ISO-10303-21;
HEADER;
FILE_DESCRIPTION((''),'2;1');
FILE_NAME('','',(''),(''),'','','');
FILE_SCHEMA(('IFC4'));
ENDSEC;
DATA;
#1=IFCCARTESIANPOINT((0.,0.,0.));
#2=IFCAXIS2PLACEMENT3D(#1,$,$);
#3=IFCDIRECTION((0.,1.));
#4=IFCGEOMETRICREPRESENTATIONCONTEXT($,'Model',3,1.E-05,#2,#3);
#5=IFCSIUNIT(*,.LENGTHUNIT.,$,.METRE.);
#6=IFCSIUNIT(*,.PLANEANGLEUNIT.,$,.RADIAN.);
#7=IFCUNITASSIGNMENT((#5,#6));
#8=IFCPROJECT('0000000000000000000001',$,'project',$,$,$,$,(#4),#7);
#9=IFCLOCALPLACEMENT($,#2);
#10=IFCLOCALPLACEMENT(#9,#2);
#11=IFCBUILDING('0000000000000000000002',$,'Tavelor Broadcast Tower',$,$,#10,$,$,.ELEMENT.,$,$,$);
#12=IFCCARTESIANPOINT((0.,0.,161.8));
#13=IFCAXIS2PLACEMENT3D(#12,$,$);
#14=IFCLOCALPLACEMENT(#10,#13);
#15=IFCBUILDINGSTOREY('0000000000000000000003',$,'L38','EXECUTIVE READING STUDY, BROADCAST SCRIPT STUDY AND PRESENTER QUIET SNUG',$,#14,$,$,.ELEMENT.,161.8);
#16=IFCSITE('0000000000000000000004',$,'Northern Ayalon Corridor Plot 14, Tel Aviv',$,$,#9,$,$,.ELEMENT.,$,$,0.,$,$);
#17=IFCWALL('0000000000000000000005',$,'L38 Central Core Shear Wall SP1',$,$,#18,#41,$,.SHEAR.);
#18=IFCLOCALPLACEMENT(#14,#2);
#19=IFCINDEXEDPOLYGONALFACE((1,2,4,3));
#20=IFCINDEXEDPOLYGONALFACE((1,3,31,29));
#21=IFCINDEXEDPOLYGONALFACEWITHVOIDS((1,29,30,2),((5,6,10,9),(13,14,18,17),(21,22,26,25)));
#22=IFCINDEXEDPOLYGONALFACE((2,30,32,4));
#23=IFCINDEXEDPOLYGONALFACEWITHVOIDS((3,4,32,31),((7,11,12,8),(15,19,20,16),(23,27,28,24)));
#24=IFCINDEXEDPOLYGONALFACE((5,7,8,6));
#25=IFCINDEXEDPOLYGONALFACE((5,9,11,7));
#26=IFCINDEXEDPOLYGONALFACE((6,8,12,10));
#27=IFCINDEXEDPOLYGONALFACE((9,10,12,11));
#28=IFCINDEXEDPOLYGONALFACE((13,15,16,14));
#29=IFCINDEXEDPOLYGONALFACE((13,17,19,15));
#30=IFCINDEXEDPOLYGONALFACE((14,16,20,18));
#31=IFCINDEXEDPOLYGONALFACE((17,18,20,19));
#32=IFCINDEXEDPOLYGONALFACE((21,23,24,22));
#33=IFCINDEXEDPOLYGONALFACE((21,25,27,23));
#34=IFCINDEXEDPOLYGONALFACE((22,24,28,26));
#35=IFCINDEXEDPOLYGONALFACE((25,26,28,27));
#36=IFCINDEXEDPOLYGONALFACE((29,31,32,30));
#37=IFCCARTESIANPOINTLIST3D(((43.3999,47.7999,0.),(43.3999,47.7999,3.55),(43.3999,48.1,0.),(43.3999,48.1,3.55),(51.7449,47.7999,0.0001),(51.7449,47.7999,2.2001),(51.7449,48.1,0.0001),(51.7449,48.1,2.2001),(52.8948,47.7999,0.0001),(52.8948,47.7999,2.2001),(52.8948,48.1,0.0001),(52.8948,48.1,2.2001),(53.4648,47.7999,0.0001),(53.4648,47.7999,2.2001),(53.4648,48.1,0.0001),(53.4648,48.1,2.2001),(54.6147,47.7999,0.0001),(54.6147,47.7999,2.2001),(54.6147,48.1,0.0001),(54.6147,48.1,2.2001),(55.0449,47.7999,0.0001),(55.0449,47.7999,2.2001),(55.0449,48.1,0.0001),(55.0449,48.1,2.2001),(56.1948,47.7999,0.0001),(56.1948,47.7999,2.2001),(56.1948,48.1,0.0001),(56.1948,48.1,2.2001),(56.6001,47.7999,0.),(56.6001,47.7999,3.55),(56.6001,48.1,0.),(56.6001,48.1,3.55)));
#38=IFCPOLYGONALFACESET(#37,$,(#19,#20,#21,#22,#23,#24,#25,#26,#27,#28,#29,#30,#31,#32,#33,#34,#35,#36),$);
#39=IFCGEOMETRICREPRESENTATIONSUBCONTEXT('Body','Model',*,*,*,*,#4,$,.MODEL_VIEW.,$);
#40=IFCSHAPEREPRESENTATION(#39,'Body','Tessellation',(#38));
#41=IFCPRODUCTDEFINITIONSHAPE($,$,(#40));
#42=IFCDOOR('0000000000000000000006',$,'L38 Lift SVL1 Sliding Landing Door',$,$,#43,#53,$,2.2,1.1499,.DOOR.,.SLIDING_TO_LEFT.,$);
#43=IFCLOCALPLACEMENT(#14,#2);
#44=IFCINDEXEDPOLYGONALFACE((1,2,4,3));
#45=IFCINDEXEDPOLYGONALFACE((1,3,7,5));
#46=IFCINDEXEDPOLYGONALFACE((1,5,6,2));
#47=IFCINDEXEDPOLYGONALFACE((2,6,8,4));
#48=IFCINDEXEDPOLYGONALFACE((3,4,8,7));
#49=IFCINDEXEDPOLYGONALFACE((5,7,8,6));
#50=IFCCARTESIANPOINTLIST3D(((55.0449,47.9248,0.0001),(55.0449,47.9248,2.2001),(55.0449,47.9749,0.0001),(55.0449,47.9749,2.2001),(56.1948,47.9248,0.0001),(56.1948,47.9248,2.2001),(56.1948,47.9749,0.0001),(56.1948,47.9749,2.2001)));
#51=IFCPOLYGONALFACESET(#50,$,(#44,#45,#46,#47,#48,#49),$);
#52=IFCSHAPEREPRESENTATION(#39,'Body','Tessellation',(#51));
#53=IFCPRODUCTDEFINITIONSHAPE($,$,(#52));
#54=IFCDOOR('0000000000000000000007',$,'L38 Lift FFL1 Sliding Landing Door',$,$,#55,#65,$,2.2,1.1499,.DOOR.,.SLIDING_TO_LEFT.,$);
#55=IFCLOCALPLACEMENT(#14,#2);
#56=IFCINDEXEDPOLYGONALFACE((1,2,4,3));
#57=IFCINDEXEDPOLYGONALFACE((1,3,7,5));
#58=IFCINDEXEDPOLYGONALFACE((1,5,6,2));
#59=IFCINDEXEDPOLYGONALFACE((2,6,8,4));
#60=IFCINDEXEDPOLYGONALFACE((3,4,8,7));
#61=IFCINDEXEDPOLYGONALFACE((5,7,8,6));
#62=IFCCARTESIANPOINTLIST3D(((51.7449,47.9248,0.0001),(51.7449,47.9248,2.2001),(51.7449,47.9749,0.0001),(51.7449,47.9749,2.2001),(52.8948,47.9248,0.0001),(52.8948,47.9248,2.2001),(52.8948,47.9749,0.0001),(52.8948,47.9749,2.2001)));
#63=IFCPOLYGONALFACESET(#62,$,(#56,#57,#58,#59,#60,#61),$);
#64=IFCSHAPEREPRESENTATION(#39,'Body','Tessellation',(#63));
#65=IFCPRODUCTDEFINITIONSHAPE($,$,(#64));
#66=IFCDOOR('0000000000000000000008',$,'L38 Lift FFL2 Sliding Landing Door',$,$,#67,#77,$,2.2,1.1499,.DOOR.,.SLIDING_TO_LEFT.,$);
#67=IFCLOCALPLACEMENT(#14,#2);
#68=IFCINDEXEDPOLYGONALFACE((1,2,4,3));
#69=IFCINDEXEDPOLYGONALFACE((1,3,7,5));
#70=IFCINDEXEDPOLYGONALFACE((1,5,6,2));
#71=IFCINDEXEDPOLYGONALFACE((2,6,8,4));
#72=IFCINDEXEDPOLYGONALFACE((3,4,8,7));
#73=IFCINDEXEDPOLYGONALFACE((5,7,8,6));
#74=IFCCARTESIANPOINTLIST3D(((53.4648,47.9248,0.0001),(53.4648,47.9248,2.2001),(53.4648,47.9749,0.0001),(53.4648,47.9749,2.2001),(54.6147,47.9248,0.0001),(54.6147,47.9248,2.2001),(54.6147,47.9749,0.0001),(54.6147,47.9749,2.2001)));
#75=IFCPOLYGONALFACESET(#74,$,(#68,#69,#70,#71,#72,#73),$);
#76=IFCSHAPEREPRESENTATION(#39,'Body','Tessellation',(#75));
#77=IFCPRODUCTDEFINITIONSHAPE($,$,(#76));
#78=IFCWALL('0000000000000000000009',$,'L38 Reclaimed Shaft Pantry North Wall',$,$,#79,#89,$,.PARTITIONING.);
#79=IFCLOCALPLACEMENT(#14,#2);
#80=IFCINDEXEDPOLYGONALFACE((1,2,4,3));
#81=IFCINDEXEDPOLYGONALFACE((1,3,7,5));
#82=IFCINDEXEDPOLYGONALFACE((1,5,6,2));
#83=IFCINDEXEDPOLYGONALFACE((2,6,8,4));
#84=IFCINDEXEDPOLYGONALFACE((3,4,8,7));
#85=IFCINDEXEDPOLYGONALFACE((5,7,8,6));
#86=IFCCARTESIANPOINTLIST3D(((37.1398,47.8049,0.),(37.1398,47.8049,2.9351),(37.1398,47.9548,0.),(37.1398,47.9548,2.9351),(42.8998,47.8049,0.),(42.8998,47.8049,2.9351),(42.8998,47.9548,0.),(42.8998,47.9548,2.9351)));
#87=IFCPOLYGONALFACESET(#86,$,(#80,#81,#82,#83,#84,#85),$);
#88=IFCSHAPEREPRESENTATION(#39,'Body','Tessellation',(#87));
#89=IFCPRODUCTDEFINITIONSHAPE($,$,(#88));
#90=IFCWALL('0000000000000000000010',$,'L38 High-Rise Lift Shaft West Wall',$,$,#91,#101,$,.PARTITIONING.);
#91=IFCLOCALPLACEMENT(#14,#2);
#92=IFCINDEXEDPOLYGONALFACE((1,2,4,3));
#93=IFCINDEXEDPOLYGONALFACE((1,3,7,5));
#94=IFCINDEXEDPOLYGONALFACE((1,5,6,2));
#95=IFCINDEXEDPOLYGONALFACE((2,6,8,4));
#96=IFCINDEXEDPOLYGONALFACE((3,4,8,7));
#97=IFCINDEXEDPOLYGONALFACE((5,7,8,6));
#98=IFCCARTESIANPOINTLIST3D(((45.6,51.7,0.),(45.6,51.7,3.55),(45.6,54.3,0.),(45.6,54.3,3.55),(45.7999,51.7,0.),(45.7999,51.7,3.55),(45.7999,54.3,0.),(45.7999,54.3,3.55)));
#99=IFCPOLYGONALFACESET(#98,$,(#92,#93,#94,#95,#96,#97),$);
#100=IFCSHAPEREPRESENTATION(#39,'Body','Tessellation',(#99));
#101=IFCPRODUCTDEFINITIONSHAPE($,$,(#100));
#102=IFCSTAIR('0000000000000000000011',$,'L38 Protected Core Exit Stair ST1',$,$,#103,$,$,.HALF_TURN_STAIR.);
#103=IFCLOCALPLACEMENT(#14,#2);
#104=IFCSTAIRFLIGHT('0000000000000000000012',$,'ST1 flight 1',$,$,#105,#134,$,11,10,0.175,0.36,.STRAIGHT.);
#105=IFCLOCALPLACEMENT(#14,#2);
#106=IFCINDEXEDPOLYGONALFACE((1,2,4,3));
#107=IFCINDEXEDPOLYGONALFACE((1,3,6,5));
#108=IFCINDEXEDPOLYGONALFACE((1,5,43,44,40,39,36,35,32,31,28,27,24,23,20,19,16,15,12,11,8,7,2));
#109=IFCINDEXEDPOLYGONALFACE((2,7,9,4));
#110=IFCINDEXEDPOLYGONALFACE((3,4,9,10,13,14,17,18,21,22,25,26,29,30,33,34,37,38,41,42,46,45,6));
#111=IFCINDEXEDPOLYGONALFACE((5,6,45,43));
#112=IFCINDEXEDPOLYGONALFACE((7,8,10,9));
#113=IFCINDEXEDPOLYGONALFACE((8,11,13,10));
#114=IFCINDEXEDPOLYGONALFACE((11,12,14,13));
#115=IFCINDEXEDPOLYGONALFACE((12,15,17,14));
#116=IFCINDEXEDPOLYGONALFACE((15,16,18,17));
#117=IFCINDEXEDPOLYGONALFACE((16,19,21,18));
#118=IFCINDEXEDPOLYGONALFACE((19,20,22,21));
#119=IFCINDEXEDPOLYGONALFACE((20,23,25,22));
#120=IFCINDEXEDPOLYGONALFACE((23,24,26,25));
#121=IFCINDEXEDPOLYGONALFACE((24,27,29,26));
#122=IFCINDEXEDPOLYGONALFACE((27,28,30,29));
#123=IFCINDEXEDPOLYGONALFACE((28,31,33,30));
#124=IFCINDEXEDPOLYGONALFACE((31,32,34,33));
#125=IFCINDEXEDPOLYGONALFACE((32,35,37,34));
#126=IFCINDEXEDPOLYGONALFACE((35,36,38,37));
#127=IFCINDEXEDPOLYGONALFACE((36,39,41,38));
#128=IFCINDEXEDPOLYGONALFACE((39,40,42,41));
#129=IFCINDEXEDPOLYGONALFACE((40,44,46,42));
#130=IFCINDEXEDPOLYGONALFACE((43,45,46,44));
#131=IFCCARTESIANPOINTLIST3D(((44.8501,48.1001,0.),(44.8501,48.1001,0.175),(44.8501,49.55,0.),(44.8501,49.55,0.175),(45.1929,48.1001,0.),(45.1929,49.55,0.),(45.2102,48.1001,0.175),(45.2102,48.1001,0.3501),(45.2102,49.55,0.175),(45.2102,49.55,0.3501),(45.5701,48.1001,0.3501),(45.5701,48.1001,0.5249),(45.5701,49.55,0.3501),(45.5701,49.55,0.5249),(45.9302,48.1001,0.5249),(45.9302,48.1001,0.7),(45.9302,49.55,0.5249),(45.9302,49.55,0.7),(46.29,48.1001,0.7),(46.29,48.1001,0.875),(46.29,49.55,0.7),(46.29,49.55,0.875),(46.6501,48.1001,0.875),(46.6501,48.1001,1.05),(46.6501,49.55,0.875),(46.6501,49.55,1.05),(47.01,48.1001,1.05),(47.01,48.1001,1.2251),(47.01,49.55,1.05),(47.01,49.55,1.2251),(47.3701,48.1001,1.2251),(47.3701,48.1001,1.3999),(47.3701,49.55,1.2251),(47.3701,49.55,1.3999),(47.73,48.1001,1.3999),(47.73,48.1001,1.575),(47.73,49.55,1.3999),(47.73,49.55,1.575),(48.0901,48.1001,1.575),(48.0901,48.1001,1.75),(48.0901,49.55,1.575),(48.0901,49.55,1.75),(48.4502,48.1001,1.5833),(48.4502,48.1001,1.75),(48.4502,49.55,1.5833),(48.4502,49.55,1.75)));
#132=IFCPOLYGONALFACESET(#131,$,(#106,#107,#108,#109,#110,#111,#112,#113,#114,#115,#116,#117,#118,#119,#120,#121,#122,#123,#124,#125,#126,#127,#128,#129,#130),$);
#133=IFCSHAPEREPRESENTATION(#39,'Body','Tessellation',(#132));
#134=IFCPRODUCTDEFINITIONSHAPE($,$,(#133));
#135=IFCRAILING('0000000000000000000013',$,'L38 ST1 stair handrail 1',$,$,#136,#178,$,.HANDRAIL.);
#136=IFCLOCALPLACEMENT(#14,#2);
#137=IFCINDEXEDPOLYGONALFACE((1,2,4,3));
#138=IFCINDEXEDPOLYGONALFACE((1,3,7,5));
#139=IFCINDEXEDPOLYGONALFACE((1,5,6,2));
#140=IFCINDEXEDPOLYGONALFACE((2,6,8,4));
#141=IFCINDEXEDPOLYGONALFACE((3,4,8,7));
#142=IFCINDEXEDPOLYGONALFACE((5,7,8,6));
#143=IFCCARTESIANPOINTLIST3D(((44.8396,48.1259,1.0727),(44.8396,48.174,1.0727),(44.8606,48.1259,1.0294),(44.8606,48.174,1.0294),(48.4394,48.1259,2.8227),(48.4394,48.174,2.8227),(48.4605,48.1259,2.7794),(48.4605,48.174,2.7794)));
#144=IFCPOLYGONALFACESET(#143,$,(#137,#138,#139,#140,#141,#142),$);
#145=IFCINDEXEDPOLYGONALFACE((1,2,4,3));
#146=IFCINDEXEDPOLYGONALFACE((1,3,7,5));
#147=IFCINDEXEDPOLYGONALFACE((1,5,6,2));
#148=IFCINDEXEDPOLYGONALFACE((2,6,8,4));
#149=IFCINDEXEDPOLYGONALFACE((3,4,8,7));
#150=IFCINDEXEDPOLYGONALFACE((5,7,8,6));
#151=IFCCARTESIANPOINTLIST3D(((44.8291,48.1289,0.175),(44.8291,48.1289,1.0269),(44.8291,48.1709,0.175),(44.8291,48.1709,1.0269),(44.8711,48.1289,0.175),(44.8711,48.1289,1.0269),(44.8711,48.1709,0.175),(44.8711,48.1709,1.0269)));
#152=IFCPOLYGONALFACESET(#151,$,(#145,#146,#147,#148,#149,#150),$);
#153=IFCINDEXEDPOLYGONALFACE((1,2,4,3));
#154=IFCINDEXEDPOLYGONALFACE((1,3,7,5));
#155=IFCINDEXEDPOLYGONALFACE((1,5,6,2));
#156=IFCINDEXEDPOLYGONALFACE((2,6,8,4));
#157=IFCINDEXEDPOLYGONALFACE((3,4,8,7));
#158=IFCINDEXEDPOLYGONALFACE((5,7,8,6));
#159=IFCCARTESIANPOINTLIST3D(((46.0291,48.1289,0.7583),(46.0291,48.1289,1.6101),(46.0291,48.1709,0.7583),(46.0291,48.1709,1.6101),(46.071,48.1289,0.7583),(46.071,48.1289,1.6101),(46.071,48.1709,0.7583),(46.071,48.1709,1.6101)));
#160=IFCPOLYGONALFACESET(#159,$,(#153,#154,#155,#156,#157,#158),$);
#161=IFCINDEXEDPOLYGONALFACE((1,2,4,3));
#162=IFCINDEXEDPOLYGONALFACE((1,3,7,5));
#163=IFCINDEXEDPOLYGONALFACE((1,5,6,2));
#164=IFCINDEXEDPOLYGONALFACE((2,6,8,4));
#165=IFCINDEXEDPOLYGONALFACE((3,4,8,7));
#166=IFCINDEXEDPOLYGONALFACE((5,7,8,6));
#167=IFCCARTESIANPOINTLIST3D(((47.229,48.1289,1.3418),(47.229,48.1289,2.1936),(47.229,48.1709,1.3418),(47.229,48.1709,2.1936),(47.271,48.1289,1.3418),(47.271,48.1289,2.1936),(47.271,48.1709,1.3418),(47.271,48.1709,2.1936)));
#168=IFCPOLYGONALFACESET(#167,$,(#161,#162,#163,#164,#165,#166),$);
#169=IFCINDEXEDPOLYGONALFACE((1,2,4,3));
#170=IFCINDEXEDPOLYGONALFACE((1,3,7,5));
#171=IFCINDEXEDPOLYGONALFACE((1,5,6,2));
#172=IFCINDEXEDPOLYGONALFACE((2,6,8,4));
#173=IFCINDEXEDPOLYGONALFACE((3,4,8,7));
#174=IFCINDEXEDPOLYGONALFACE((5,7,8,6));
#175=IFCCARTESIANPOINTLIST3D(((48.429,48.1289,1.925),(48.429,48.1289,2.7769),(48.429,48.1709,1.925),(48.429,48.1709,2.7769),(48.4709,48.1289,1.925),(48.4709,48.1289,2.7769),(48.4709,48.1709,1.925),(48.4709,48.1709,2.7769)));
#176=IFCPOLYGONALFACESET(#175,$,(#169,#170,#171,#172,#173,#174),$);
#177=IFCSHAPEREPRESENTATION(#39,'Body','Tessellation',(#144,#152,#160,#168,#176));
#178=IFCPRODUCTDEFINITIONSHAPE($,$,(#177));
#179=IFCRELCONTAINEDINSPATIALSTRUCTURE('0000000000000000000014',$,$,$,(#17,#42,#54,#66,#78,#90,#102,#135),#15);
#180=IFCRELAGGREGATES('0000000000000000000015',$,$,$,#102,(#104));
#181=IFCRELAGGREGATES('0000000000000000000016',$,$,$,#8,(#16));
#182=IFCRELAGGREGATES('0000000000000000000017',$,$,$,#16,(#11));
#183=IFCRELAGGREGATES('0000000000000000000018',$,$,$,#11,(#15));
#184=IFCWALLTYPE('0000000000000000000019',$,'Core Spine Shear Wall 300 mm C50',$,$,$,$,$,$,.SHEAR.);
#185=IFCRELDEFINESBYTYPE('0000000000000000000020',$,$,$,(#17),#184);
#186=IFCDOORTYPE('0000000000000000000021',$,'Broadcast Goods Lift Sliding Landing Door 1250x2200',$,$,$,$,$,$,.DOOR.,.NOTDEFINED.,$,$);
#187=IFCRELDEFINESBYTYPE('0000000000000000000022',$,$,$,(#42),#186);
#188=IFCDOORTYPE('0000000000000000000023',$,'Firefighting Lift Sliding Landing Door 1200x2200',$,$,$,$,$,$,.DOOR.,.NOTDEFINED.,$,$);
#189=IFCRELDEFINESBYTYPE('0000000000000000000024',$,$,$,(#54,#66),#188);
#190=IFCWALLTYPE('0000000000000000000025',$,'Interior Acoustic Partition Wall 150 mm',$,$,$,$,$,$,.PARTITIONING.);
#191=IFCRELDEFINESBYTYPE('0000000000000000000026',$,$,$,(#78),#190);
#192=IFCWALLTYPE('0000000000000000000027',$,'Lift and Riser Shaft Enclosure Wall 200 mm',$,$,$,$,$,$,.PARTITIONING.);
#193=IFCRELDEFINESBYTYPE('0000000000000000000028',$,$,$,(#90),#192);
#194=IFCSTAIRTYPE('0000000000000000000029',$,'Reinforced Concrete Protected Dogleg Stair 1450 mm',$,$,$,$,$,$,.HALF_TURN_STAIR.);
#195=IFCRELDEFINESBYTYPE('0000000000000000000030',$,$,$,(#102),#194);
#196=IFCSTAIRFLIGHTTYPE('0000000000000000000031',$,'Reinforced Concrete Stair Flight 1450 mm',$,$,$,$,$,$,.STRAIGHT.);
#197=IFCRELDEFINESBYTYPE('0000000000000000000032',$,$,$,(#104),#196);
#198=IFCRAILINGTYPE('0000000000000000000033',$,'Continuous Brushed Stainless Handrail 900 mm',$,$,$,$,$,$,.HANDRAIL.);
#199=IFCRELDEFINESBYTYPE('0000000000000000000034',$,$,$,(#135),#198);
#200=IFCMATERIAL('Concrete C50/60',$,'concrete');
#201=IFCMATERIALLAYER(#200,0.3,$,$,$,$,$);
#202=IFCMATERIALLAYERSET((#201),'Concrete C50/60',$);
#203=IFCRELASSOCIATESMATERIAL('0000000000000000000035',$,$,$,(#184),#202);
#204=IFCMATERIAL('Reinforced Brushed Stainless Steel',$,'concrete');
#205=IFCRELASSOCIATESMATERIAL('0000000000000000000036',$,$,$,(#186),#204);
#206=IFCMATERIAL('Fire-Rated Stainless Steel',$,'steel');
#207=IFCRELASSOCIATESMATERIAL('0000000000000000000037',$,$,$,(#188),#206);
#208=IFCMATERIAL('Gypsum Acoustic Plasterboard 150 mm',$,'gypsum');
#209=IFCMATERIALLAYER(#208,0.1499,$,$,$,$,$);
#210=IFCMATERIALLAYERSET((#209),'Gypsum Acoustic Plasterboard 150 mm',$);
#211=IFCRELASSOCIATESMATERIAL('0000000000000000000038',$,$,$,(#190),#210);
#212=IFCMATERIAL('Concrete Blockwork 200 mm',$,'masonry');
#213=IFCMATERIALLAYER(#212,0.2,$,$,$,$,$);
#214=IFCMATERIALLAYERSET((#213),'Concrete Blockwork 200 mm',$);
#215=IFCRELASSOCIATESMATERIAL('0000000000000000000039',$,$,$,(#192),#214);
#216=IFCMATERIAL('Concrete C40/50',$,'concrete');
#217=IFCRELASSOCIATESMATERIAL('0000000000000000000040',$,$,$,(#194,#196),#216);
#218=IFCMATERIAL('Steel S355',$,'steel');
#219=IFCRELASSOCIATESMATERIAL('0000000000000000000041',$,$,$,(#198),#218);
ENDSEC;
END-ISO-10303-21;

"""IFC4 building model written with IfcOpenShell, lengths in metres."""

from ifc_helpers import new_model, si_unit, direction, frame, frame_2d, origin, origin_2d, place, context, subcontext, project, spatial, polyline, rectangle, outline, extrude, material, layer, layer_set, type_object, element, fill, aggregate, save


model = new_model("IFC4")

# Units and contexts
model_context = context("Model", 3, precision=1e-05, world=origin(), true_north=direction((0.0, 1.0)))
body_context = subcontext(model_context, "Body", "Model", "MODEL_VIEW")
ifc_project = project(units=[si_unit("LENGTHUNIT", "METRE"), si_unit("PLANEANGLEUNIT", "RADIAN")], contexts=[model_context])

# Site, building, storey
site_placement = place(None, origin())
site = spatial("IfcSite", under=ifc_project, at=site_placement, Name="Northern Ayalon Corridor Plot 14, Tel Aviv", CompositionType="ELEMENT", RefElevation=0.0)
building_placement = place(site_placement, origin())
building = spatial("IfcBuilding", under=site, at=building_placement, Name="Tavelor Broadcast Tower", CompositionType="ELEMENT")
storey_placement = place(building_placement, frame((0.0, 0.0, 161.8)))
storey = spatial("IfcBuildingStorey", under=building, at=storey_placement, Name="L38", Description="EXECUTIVE READING STUDY, BROADCAST SCRIPT STUDY AND PRESENTER QUIET SNUG", CompositionType="ELEMENT", Elevation=161.8)

# Shared definitions
ifc_material_1 = material(Name="Concrete C50/60", Category="concrete")

# Shared definitions
ifc_material_2 = material(Name="Steel S355", Category="steel")

# Wall, openings, doors
ifc_layer_1 = layer(ifc_material_1, 0.3)
ifc_layer_set_1 = layer_set([ifc_layer_1], Name="Concrete C50/60")
wall_type_1 = type_object("IfcWallType", Name="Core Spine Shear Wall 300 mm C50", PredefinedType="SHEAR", material=ifc_layer_set_1)
wall_1_placement = place(storey_placement, frame((43.3999, 47.95, 0.0), z_axis=(0.0, 0.0, 1.0), x_axis=(1.0, 0.0, 0.0)))
wall_1 = element("IfcWall", 1, at=wall_1_placement, inside=storey, type_object=wall_type_1, Name="L38 Central Core Shear Wall SP1", PredefinedType="SHEAR", context=body_context, shape_type="SweptSolid", body=[
    extrude(rectangle(XDim=13.2002, YDim=0.3, at=frame_2d((6.6001, 0.0))), origin(), (0.0, 0.0, 1.0), 3.55),
])
opening_1_placement = place(wall_1_placement, frame((8.345, 0.0, 0.0)))
opening_1 = element("IfcOpeningElement", 2, at=opening_1_placement, cuts=wall_1, PredefinedType="OPENING", context=body_context, shape_type="SweptSolid", body=[
    extrude(rectangle(XDim=1.1499, YDim=2.2, at=frame_2d((0.575, 1.1001))), frame((0.0, 0.1602, 0.0), z_axis=(0.0, -1.0, 0.0), x_axis=(1.0, 0.0, 0.0)), (0.0, 0.0, 1.0), 0.3201),
])
opening_2_placement = place(wall_1_placement, frame((10.0649, 0.0, 0.0)))
opening_2 = element("IfcOpeningElement", 3, at=opening_2_placement, cuts=wall_1, PredefinedType="OPENING", context=body_context, shape_type="SweptSolid", body=[
    extrude(rectangle(XDim=1.1499, YDim=2.2, at=frame_2d((0.575, 1.1001))), frame((0.0, 0.1602, 0.0), z_axis=(0.0, -1.0, 0.0), x_axis=(1.0, 0.0, 0.0)), (0.0, 0.0, 1.0), 0.3201),
])
opening_3_placement = place(wall_1_placement, frame((11.645, 0.0, 0.0)))
opening_3 = element("IfcOpeningElement", 4, at=opening_3_placement, cuts=wall_1, PredefinedType="OPENING", context=body_context, shape_type="SweptSolid", body=[
    extrude(rectangle(XDim=1.1499, YDim=2.2, at=frame_2d((0.575, 1.1001))), frame((0.0, 0.1602, 0.0), z_axis=(0.0, -1.0, 0.0), x_axis=(1.0, 0.0, 0.0)), (0.0, 0.0, 1.0), 0.3201),
])
ifc_material_3 = material(Name="Reinforced Brushed Stainless Steel", Category="concrete")
door_type_1 = type_object("IfcDoorType", Name="Broadcast Goods Lift Sliding Landing Door 1250x2200", OperationType="NOTDEFINED", PredefinedType="DOOR", material=ifc_material_3)
door_1_placement = place(opening_3_placement, origin())
door_1 = element("IfcDoor", 5, at=door_1_placement, inside=storey, type_object=door_type_1, Name="L38 Lift SVL1 Sliding Landing Door", OperationType="SLIDING_TO_LEFT", OverallHeight=2.2, OverallWidth=1.1499, PredefinedType="DOOR", context=body_context, shape_type="SweptSolid", body=[
    extrude(rectangle(XDim=1.1499, YDim=2.2, at=frame_2d((0.575, 1.1001))), frame((0.0, 0.0249, 0.0), z_axis=(0.0, -1.0, 0.0), x_axis=(1.0, 0.0, 0.0)), (0.0, 0.0, 1.0), 0.05),
])
fill(opening_3, door_1)
ifc_material_4 = material(Name="Fire-Rated Stainless Steel", Category="steel")
door_type_2 = type_object("IfcDoorType", Name="Firefighting Lift Sliding Landing Door 1200x2200", OperationType="NOTDEFINED", PredefinedType="DOOR", material=ifc_material_4)
door_2_placement = place(opening_1_placement, origin())
door_2 = element("IfcDoor", 6, at=door_2_placement, inside=storey, type_object=door_type_2, Name="L38 Lift FFL1 Sliding Landing Door", OperationType="SLIDING_TO_LEFT", OverallHeight=2.2, OverallWidth=1.1499, PredefinedType="DOOR", context=body_context, shape_type="SweptSolid", body=[
    extrude(rectangle(XDim=1.1499, YDim=2.2, at=frame_2d((0.575, 1.1001))), frame((0.0, 0.0249, 0.0), z_axis=(0.0, -1.0, 0.0), x_axis=(1.0, 0.0, 0.0)), (0.0, 0.0, 1.0), 0.05),
])
fill(opening_1, door_2)
door_3_placement = place(opening_2_placement, origin())
door_3 = element("IfcDoor", 7, at=door_3_placement, inside=storey, type_object=door_type_2, Name="L38 Lift FFL2 Sliding Landing Door", OperationType="SLIDING_TO_LEFT", OverallHeight=2.2, OverallWidth=1.1499, PredefinedType="DOOR", context=body_context, shape_type="SweptSolid", body=[
    extrude(rectangle(XDim=1.1499, YDim=2.2, at=frame_2d((0.575, 1.1001))), frame((0.0, 0.0249, 0.0), z_axis=(0.0, -1.0, 0.0), x_axis=(1.0, 0.0, 0.0)), (0.0, 0.0, 1.0), 0.05),
])
fill(opening_2, door_3)

# Walls
ifc_material_5 = material(Name="Gypsum Acoustic Plasterboard 150 mm", Category="gypsum")
ifc_layer_2 = layer(ifc_material_5, 0.1499)
ifc_layer_set_2 = layer_set([ifc_layer_2], Name="Gypsum Acoustic Plasterboard 150 mm")
wall_type_2 = type_object("IfcWallType", Name="Interior Acoustic Partition Wall 150 mm", PredefinedType="PARTITIONING", material=ifc_layer_set_2)
wall_2_placement = place(storey_placement, frame((37.1399, 47.8799, 0.0), z_axis=(0.0, 0.0, 1.0), x_axis=(1.0, 0.0, 0.0)))
element("IfcWall", 8, at=wall_2_placement, inside=storey, type_object=wall_type_2, Name="L38 Reclaimed Shaft Pantry North Wall", PredefinedType="PARTITIONING", context=body_context, shape_type="SweptSolid", body=[
    extrude(rectangle(XDim=5.76, YDim=0.1499, at=frame_2d((2.8799, 0.0))), origin(), (0.0, 0.0, 1.0), 2.9351),
])
ifc_material_6 = material(Name="Concrete Blockwork 200 mm", Category="masonry")
ifc_layer_3 = layer(ifc_material_6, 0.2)
ifc_layer_set_3 = layer_set([ifc_layer_3], Name="Concrete Blockwork 200 mm")
wall_type_3 = type_object("IfcWallType", Name="Lift and Riser Shaft Enclosure Wall 200 mm", PredefinedType="PARTITIONING", material=ifc_layer_set_3)
wall_3_placement = place(storey_placement, frame((45.7, 51.7, 0.0), z_axis=(0.0, 0.0, 1.0), x_axis=(0.0, 1.0, 0.0)))
element("IfcWall", 9, at=wall_3_placement, inside=storey, type_object=wall_type_3, Name="L38 High-Rise Lift Shaft West Wall", PredefinedType="PARTITIONING", context=body_context, shape_type="SweptSolid", body=[
    extrude(rectangle(XDim=2.6001, YDim=0.2, at=frame_2d((1.3, 0.0))), origin(), (0.0, 0.0, 1.0), 3.55),
])

# Stair, stair flight
ifc_material_7 = material(Name="Concrete C40/50", Category="concrete")
stair_type = type_object("IfcStairType", Name="Reinforced Concrete Protected Dogleg Stair 1450 mm", PredefinedType="HALF_TURN_STAIR", material=ifc_material_7)
stair_placement = place(storey_placement, origin())
stair = element("IfcStair", 10, at=stair_placement, inside=storey, type_object=stair_type, Name="L38 Protected Core Exit Stair ST1", PredefinedType="HALF_TURN_STAIR")
stair_flight_type = type_object("IfcStairFlightType", Name="Reinforced Concrete Stair Flight 1450 mm", PredefinedType="STRAIGHT", material=ifc_material_7)
stair_flight_placement = place(storey_placement, frame((44.8501, 48.825, 0.0), z_axis=(0.0, 0.0, 1.0), x_axis=(1.0, 0.0, 0.0)))
stair_flight = element("IfcStairFlight", 11, at=stair_flight_placement, type_object=stair_flight_type, Name="ST1 flight 1", NumberOfRisers=11, NumberOfTreads=10, PredefinedType="STRAIGHT", RiserHeight=0.175, TreadLength=0.36, context=body_context, shape_type="SweptSolid", body=[
    extrude(outline(polyline([(0.0, 0.0), (0.0, 0.175), (0.3601, 0.175), (0.3601, 0.3501), (0.72, 0.3501), (0.72, 0.5249), (1.0801, 0.5249), (1.0801, 0.7), (1.4399, 0.7), (1.4399, 0.875), (1.8, 0.875), (1.8, 1.05), (2.1599, 1.05), (2.1599, 1.2251), (2.52, 1.2251), (2.52, 1.3999), (2.8799, 1.3999), (2.8799, 1.575), (3.24, 1.575), (3.24, 1.75), (3.6001, 1.75), (3.6001, 1.925), (3.6001, 1.5833), (0.3428, 0.0), (0.0, 0.0)])), frame((0.0, 0.7251, 0.0), z_axis=(0.0, -1.0, 0.0), x_axis=(1.0, 0.0, 0.0)), (0.0, 0.0, 1.0), 1.45),
])
aggregate(stair, [stair_flight])

# Railing
railing_type_1 = type_object("IfcRailingType", Name="Continuous Brushed Stainless Handrail 900 mm", PredefinedType="HANDRAIL", material=ifc_material_2)
railing_1_placement = place(storey_placement, frame((44.8501, 48.1499, 0.175)))
element("IfcRailing", 12, at=railing_1_placement, inside=storey, type_object=railing_type_1, Name="L38 ST1 stair handrail 1", PredefinedType="HANDRAIL", context=body_context, shape_type="SweptSolid", body=[
    extrude(rectangle(XDim=0.0481, YDim=0.0481, at=origin_2d()), frame((0.0, 0.0, 0.876), z_axis=(0.899361, 0.0, 0.437207), x_axis=(0.0, 1.0, 0.0)), (0.0, 0.0, 1.0), 4.0027),
    extrude(rectangle(XDim=0.042, YDim=0.042, at=origin_2d()), origin(), (0.0, 0.0, 1.0), 0.8518),
    extrude(rectangle(XDim=0.042, YDim=0.042, at=origin_2d()), frame((1.2, 0.0, 0.5833)), (0.0, 0.0, 1.0), 0.8518),
    extrude(rectangle(XDim=0.042, YDim=0.042, at=origin_2d()), frame((2.3999, 0.0, 1.1667)), (0.0, 0.0, 1.0), 0.8518),
    extrude(rectangle(XDim=0.042, YDim=0.042, at=origin_2d()), frame((3.5999, 0.0, 1.75)), (0.0, 0.0, 1.0), 0.8518),
])

save(model, "model.ifc")
